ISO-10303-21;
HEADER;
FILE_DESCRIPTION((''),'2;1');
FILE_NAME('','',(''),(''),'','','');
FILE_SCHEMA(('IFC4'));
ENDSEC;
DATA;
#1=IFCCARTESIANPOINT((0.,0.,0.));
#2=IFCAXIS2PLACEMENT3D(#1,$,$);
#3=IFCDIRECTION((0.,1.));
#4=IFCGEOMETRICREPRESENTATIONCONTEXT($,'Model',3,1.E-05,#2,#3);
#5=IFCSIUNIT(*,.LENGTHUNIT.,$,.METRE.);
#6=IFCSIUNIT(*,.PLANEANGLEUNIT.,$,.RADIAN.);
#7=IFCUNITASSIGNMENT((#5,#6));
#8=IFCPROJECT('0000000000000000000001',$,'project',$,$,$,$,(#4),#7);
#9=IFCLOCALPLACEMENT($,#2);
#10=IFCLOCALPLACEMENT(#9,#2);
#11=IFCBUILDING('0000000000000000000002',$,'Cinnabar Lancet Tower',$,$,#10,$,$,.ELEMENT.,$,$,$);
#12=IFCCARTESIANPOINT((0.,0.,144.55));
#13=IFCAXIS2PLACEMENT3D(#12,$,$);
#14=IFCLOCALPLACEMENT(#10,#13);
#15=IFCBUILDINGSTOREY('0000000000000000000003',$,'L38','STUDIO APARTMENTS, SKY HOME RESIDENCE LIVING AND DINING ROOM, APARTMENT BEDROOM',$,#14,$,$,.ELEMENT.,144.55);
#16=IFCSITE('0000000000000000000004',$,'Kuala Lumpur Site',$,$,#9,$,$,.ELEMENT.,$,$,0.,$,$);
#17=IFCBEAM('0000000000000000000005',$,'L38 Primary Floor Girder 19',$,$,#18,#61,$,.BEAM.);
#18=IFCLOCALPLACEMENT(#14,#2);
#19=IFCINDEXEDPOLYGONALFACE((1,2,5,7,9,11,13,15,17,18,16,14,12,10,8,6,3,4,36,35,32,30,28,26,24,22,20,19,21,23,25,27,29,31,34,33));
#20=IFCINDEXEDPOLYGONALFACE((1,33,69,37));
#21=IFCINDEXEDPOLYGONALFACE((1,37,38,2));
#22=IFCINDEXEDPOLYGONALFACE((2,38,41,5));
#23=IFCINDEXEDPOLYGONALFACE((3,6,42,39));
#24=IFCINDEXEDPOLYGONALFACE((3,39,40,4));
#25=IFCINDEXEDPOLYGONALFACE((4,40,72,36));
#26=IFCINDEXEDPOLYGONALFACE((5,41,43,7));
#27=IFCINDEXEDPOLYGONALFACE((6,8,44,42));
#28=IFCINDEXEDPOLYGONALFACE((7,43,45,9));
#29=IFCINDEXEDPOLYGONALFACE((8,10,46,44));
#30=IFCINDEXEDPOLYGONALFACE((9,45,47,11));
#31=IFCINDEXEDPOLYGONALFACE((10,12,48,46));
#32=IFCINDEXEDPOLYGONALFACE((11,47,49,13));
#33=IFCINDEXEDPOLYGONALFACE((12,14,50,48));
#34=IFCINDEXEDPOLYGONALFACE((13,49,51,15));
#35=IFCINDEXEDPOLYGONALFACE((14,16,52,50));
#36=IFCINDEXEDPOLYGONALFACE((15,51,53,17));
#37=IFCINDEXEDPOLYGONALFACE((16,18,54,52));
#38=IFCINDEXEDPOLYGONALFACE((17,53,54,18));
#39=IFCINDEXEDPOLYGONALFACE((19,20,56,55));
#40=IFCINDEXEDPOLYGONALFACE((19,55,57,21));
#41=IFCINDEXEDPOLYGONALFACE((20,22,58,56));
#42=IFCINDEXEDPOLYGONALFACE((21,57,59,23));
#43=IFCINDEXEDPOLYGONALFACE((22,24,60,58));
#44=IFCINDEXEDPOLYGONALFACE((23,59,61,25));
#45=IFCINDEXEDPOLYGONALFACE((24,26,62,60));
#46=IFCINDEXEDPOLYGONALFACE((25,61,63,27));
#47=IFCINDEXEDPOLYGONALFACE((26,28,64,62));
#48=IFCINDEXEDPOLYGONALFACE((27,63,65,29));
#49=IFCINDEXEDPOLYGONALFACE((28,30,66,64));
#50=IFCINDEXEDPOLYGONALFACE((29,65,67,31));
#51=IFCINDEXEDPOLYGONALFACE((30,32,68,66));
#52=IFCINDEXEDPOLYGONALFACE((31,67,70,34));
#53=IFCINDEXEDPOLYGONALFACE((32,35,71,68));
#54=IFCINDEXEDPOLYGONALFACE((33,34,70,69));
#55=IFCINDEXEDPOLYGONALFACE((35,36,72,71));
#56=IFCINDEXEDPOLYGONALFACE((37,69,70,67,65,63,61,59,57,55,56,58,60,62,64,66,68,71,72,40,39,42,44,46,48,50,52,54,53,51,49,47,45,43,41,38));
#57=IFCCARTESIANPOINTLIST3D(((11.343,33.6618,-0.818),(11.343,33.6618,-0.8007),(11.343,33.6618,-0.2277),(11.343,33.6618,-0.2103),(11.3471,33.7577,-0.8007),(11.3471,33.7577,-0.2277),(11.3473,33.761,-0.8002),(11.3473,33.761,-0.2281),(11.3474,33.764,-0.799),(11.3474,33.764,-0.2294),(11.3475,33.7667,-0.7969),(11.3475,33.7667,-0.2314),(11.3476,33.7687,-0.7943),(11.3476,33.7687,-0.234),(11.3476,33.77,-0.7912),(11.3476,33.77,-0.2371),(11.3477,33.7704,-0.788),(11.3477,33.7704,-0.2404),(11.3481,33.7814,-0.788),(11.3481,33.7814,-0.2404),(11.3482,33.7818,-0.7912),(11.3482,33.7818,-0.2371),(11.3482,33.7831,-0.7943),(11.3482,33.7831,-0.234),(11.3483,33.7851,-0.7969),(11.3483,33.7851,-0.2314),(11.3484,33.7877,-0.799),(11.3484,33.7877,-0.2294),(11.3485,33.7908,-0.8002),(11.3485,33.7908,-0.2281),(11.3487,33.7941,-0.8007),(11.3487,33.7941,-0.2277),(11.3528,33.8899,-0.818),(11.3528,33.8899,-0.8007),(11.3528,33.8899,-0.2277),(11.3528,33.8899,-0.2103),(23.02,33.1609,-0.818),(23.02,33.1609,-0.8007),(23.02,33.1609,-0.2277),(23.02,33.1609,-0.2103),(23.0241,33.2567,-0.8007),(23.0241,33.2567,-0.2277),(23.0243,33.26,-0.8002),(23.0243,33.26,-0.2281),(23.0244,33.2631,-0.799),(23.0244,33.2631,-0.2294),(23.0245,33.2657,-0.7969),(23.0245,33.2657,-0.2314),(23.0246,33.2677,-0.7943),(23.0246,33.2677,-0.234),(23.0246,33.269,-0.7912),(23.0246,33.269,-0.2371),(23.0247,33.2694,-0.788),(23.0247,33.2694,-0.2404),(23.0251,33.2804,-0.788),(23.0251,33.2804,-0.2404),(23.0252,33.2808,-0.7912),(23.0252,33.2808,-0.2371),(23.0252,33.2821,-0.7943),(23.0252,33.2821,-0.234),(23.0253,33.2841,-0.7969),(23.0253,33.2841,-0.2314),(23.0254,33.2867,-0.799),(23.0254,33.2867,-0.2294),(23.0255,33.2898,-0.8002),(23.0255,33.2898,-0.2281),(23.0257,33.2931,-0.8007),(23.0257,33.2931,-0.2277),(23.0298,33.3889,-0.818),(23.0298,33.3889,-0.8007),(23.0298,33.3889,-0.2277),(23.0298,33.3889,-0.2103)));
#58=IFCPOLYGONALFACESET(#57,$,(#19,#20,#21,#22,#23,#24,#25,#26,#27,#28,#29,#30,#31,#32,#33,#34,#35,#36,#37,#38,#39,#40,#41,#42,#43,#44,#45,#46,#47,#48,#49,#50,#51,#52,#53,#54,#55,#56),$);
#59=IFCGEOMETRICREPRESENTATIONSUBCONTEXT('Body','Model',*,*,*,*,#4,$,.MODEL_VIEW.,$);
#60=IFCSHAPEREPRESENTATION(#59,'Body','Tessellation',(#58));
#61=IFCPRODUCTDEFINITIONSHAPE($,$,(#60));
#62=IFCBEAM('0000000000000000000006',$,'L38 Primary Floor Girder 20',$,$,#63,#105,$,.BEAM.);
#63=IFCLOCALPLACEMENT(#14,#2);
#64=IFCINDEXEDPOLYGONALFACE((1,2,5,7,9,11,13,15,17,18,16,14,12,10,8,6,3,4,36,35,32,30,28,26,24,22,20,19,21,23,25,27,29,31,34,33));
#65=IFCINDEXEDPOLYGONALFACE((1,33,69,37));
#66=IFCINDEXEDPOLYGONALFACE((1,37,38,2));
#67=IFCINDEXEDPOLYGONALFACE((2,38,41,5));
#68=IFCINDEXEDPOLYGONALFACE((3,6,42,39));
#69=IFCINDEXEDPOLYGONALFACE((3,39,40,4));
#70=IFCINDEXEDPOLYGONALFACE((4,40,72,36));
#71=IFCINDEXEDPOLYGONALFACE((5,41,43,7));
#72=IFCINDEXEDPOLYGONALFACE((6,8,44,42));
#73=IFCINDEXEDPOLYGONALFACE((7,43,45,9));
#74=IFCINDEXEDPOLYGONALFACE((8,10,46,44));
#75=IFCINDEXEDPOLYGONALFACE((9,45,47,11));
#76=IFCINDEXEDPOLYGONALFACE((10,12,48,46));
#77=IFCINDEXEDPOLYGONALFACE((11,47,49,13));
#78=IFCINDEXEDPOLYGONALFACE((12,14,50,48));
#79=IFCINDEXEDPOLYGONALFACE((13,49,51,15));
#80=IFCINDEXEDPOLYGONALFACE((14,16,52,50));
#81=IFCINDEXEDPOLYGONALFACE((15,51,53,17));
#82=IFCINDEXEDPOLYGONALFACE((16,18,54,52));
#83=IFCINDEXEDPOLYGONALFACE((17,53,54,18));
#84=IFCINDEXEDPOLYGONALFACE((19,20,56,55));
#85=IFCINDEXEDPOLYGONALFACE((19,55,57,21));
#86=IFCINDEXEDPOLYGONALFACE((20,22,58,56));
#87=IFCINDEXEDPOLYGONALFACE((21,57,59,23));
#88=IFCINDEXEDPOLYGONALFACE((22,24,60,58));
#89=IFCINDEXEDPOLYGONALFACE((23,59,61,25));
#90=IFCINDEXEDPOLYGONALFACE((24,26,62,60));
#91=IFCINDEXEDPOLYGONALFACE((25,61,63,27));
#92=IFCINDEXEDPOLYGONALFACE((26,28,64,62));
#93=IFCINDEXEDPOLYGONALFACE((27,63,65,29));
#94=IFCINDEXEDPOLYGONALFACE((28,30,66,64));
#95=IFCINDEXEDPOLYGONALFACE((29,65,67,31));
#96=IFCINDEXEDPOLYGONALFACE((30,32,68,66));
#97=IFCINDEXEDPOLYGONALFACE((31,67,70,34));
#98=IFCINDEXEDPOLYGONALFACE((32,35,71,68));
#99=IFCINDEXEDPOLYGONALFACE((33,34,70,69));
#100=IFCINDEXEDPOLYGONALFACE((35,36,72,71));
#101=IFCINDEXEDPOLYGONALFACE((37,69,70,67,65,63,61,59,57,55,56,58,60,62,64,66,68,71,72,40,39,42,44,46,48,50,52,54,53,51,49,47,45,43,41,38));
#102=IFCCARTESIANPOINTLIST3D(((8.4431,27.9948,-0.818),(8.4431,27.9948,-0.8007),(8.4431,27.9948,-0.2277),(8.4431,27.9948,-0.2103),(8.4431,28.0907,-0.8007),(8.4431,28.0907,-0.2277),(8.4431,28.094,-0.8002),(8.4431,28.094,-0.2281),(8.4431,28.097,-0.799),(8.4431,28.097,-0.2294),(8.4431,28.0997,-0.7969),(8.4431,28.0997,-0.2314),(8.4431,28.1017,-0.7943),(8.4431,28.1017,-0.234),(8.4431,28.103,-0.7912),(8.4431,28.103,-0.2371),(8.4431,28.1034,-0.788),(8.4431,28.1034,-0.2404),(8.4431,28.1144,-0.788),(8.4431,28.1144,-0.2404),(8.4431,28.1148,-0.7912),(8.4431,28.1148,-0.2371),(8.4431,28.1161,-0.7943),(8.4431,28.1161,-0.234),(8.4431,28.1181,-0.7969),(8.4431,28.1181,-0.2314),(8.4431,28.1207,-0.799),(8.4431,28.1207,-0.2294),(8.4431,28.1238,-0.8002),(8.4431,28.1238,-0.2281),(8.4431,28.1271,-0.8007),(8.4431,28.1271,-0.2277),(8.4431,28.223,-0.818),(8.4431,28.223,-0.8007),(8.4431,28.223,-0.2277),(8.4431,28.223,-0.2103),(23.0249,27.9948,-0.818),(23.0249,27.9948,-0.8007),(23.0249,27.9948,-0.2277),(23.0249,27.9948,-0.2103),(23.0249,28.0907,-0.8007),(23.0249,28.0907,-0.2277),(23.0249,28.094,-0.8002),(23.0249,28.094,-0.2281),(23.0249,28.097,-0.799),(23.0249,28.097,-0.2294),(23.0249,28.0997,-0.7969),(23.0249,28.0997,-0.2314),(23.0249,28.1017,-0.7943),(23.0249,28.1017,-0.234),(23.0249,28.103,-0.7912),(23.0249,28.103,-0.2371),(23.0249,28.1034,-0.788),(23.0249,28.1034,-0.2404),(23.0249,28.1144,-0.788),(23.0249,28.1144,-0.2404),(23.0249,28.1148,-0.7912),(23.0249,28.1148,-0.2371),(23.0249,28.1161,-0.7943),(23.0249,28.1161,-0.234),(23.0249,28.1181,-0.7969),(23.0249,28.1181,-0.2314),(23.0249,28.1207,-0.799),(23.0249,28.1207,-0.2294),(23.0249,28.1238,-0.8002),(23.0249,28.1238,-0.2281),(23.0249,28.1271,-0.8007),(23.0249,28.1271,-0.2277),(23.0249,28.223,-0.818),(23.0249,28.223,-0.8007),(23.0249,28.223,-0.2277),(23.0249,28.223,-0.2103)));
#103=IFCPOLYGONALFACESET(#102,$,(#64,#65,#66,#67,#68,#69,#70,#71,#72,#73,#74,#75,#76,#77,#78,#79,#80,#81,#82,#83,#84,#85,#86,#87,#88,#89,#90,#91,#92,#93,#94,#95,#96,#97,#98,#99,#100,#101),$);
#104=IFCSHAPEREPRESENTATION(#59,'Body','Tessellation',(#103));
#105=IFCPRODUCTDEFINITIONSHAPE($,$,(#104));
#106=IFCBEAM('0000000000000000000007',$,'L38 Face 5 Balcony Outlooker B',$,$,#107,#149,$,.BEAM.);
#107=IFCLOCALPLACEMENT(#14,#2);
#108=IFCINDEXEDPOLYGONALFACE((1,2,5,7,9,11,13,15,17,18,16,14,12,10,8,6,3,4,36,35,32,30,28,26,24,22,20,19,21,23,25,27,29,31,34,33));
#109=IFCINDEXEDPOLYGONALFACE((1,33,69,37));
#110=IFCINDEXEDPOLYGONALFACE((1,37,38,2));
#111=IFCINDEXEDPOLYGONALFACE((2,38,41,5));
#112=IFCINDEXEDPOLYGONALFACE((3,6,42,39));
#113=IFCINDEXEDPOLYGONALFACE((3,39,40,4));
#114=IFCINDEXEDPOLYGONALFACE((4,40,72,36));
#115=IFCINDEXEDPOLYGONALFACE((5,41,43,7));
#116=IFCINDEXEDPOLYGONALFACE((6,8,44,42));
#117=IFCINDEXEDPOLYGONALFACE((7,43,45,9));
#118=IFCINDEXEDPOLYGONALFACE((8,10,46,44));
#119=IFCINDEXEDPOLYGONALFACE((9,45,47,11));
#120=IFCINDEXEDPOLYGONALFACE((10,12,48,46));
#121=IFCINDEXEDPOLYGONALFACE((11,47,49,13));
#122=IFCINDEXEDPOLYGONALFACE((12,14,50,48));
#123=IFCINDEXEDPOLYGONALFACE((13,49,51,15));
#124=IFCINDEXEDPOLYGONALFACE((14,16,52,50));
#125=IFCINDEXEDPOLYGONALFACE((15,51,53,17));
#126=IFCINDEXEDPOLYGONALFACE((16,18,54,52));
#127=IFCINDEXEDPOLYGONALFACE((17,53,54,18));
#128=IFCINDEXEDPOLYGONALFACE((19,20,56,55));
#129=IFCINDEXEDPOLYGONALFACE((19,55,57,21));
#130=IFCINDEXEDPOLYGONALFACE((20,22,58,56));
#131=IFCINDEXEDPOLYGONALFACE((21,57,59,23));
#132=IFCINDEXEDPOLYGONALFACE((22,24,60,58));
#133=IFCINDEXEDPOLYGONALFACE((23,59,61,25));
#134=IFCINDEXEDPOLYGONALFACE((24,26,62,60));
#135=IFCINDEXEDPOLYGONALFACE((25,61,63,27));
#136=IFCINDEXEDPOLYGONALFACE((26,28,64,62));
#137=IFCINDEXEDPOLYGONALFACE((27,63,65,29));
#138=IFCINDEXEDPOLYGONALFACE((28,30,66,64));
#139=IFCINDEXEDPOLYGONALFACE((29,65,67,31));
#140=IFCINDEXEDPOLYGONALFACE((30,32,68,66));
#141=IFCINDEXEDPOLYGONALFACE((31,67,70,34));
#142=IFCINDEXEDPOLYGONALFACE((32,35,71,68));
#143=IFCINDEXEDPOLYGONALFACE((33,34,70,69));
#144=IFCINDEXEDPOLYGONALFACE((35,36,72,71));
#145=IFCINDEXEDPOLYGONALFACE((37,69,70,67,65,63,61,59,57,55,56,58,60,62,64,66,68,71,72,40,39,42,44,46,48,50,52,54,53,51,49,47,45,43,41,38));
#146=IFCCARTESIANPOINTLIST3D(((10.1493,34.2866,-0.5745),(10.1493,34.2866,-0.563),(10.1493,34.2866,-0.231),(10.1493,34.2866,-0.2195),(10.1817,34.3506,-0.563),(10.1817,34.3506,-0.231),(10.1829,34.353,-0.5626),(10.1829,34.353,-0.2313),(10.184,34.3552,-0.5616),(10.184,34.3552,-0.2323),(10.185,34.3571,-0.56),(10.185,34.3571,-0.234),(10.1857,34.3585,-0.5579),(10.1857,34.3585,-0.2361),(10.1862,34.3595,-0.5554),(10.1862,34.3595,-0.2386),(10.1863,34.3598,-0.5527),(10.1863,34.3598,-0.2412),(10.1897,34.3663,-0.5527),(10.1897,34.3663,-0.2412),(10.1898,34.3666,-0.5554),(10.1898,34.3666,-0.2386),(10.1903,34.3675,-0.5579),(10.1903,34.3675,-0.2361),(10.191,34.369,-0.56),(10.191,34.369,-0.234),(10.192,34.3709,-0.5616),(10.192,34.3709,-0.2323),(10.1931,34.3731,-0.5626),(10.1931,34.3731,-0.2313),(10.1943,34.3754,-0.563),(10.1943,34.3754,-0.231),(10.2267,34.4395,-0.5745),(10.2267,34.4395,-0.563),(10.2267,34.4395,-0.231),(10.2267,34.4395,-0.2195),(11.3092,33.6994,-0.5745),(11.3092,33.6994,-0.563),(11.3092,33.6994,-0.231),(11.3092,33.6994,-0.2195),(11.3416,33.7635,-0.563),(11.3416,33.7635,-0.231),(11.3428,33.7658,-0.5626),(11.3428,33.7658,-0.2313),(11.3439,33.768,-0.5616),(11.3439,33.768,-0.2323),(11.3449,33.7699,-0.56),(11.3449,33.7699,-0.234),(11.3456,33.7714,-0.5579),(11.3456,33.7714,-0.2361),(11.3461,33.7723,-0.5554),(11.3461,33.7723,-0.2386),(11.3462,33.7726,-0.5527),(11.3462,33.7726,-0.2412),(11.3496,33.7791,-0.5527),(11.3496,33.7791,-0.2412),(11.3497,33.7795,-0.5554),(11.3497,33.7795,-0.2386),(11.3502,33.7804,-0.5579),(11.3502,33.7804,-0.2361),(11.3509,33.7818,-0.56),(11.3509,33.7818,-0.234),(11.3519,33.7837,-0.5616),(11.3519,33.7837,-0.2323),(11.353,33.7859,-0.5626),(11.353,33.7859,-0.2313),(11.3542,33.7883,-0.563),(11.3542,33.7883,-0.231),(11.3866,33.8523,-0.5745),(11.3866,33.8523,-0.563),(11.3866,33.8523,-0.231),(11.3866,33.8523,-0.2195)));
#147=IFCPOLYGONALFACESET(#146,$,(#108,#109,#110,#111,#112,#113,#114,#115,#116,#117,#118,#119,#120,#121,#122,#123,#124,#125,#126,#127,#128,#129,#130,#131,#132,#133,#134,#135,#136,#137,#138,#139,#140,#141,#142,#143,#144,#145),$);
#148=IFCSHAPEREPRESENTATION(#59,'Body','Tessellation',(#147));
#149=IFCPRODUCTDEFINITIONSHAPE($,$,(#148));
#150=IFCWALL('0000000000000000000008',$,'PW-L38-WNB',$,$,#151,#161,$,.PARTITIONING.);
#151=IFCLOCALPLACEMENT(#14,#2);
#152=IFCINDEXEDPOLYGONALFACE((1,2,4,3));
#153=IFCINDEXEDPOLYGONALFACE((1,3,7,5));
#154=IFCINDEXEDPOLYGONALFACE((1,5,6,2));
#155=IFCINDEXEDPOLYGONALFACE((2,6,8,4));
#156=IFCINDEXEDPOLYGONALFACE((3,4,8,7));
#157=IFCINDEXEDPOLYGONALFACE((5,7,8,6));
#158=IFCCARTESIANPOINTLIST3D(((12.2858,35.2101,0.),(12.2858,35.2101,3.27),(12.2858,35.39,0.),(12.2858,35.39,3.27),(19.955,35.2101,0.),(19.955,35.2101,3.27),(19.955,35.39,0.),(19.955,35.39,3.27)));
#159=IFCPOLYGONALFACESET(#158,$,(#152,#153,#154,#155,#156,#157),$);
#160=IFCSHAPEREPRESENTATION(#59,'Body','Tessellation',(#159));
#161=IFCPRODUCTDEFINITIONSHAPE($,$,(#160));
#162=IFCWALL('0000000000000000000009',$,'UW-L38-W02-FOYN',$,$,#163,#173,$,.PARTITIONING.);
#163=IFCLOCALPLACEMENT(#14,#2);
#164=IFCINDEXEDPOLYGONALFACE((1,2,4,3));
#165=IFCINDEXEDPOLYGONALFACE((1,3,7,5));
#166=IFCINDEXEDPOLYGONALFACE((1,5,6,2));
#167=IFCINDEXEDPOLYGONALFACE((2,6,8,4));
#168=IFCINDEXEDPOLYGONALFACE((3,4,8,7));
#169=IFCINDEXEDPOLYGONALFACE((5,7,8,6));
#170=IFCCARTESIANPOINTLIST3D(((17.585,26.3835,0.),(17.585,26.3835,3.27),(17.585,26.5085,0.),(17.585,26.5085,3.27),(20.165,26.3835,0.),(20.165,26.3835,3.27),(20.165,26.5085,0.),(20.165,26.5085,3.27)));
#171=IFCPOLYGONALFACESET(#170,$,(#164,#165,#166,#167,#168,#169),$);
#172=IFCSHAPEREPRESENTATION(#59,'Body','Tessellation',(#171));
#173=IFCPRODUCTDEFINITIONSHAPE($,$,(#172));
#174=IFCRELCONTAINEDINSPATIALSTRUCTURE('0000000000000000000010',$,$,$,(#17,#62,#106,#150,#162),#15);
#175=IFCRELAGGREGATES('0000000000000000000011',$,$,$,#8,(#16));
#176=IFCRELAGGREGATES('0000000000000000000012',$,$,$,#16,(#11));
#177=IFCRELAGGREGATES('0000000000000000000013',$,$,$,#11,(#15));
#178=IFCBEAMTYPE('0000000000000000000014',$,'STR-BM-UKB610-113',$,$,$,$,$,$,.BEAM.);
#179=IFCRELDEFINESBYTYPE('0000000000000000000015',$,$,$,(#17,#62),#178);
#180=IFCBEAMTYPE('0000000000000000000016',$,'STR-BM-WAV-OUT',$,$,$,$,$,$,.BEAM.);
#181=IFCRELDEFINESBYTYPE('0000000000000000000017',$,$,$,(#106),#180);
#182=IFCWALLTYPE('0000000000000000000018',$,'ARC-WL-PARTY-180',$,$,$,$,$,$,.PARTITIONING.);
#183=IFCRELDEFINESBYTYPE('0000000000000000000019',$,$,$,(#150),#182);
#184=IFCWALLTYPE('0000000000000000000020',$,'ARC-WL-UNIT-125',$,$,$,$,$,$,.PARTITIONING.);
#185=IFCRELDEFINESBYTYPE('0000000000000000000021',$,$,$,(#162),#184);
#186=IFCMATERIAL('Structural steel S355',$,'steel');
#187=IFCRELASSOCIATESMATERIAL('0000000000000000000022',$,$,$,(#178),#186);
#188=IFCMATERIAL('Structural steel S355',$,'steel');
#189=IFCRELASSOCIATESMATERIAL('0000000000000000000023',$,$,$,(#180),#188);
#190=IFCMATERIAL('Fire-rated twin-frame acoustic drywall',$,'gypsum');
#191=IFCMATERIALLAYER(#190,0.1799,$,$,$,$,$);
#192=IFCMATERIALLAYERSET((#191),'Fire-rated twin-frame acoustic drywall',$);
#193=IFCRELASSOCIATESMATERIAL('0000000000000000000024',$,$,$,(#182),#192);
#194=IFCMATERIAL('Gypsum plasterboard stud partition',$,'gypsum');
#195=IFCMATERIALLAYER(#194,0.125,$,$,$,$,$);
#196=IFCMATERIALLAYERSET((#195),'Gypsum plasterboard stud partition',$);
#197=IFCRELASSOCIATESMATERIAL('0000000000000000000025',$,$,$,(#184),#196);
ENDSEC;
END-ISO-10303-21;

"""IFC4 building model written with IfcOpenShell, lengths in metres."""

from ifc_helpers import new_model, si_unit, direction, frame, frame_2d, origin, origin_2d, place, context, subcontext, project, spatial, rectangle, i_section, extrude, material, layer, layer_set, material_profile, profile_set, type_object, element, save


model = new_model("IFC4")

# Units and contexts
model_context = context("Model", 3, precision=1e-05, world=origin(), true_north=direction((0.0, 1.0)))
body_context = subcontext(model_context, "Body", "Model", "MODEL_VIEW")
ifc_project = project(units=[si_unit("LENGTHUNIT", "METRE"), si_unit("PLANEANGLEUNIT", "RADIAN")], contexts=[model_context])

# Site, building, storey
site_placement = place(None, origin())
site = spatial("IfcSite", under=ifc_project, at=site_placement, Name="Kuala Lumpur Site", CompositionType="ELEMENT", RefElevation=0.0)
building_placement = place(site_placement, origin())
building = spatial("IfcBuilding", under=site, at=building_placement, Name="Cinnabar Lancet Tower", CompositionType="ELEMENT")
storey_placement = place(building_placement, frame((0.0, 0.0, 144.55)))
storey = spatial("IfcBuildingStorey", under=building, at=storey_placement, Name="L38", Description="STUDIO APARTMENTS, SKY HOME RESIDENCE LIVING AND DINING ROOM, APARTMENT BEDROOM", CompositionType="ELEMENT", Elevation=144.55)

# Beams
ifc_material_1 = material(Name="Structural steel S355", Category="steel")
ifc_material_profile_1 = material_profile(ifc_material_1, i_section(OverallWidth=0.2283, OverallDepth=0.6077, WebThickness=0.011, FlangeThickness=0.0173, FilletRadius=0.0127, at=origin_2d()), Name="UKB 610x229x113")
ifc_profile_set_1 = profile_set([ifc_material_profile_1], Name="Structural steel S355")
beam_type_1 = type_object("IfcBeamType", Name="STR-BM-UKB610-113", PredefinedType="BEAM", material=ifc_profile_set_1)
beam_1_placement = place(storey_placement, frame((11.3479, 33.7759, -0.5142), z_axis=(0.999081, -0.042863, 0.0), x_axis=(0.042863, 0.999081, 0.0)))
element("IfcBeam", 1, at=beam_1_placement, inside=storey, type_object=beam_type_1, Name="L38 Primary Floor Girder 19", PredefinedType="BEAM", context=body_context, shape_type="SweptSolid", body=[
    extrude(i_section(OverallWidth=0.2283, OverallDepth=0.6077, WebThickness=0.011, FlangeThickness=0.0173, FilletRadius=0.0127, at=origin_2d()), origin(), (0.0, 0.0, 1.0), 11.6877),
])
beam_2_placement = place(storey_placement, frame((8.4431, 28.1089, -0.5142), z_axis=(1.0, 0.0, 0.0), x_axis=(0.0, 1.0, 0.0)))
element("IfcBeam", 2, at=beam_2_placement, inside=storey, type_object=beam_type_1, Name="L38 Primary Floor Girder 20", PredefinedType="BEAM", context=body_context, shape_type="SweptSolid", body=[
    extrude(i_section(OverallWidth=0.2283, OverallDepth=0.6077, WebThickness=0.011, FlangeThickness=0.0173, FilletRadius=0.0127, at=origin_2d()), origin(), (0.0, 0.0, 1.0), 14.5818),
])
ifc_material_2 = material(Name="Structural steel S355", Category="steel")
ifc_material_profile_2 = material_profile(ifc_material_2, i_section(OverallWidth=0.1714, OverallDepth=0.355, WebThickness=0.0073, FlangeThickness=0.0115, FilletRadius=0.0103, at=origin_2d()), Name="UKB 356x171x51")
ifc_profile_set_2 = profile_set([ifc_material_profile_2], Name="Structural steel S355")
beam_type_2 = type_object("IfcBeamType", Name="STR-BM-WAV-OUT", PredefinedType="BEAM", material=ifc_profile_set_2)
beam_3_placement = place(storey_placement, frame((11.3479, 33.7759, -0.397), z_axis=(-0.8922, 0.45164, 0.0), x_axis=(-0.45164, -0.8922, 0.0)))
element("IfcBeam", 3, at=beam_3_placement, inside=storey, type_object=beam_type_2, Name="L38 Face 5 Balcony Outlooker B", PredefinedType="BEAM", context=body_context, shape_type="SweptSolid", body=[
    extrude(i_section(OverallWidth=0.1714, OverallDepth=0.355, WebThickness=0.0073, FlangeThickness=0.0115, FilletRadius=0.0103, at=origin_2d()), origin(), (0.0, 0.0, 1.0), 1.3),
])

# Walls
ifc_material_3 = material(Name="Fire-rated twin-frame acoustic drywall", Category="gypsum")
ifc_layer_1 = layer(ifc_material_3, 0.1799)
ifc_layer_set_1 = layer_set([ifc_layer_1], Name="Fire-rated twin-frame acoustic drywall")
wall_type_1 = type_object("IfcWallType", Name="ARC-WL-PARTY-180", PredefinedType="PARTITIONING", material=ifc_layer_set_1)
wall_1_placement = place(storey_placement, frame((12.2859, 35.3, 0.0), z_axis=(0.0, 0.0, 1.0), x_axis=(1.0, 0.0, 0.0)))
element("IfcWall", 4, at=wall_1_placement, inside=storey, type_object=wall_type_1, Name="PW-L38-WNB", PredefinedType="PARTITIONING", context=body_context, shape_type="SweptSolid", body=[
    extrude(rectangle(XDim=7.6692, YDim=0.1799, at=frame_2d((3.8345, 0.0))), origin(), (0.0, 0.0, 1.0), 3.27),
])
ifc_material_4 = material(Name="Gypsum plasterboard stud partition", Category="gypsum")
ifc_layer_2 = layer(ifc_material_4, 0.125)
ifc_layer_set_2 = layer_set([ifc_layer_2], Name="Gypsum plasterboard stud partition")
wall_type_2 = type_object("IfcWallType", Name="ARC-WL-UNIT-125", PredefinedType="PARTITIONING", material=ifc_layer_set_2)
wall_2_placement = place(storey_placement, frame((17.585, 26.446, 0.0), z_axis=(0.0, 0.0, 1.0), x_axis=(1.0, 0.0, 0.0)))
element("IfcWall", 5, at=wall_2_placement, inside=storey, type_object=wall_type_2, Name="UW-L38-W02-FOYN", PredefinedType="PARTITIONING", context=body_context, shape_type="SweptSolid", body=[
    extrude(rectangle(XDim=2.5801, YDim=0.125, at=frame_2d((1.29, 0.0))), origin(), (0.0, 0.0, 1.0), 3.27),
])

save(model, "model.ifc")
